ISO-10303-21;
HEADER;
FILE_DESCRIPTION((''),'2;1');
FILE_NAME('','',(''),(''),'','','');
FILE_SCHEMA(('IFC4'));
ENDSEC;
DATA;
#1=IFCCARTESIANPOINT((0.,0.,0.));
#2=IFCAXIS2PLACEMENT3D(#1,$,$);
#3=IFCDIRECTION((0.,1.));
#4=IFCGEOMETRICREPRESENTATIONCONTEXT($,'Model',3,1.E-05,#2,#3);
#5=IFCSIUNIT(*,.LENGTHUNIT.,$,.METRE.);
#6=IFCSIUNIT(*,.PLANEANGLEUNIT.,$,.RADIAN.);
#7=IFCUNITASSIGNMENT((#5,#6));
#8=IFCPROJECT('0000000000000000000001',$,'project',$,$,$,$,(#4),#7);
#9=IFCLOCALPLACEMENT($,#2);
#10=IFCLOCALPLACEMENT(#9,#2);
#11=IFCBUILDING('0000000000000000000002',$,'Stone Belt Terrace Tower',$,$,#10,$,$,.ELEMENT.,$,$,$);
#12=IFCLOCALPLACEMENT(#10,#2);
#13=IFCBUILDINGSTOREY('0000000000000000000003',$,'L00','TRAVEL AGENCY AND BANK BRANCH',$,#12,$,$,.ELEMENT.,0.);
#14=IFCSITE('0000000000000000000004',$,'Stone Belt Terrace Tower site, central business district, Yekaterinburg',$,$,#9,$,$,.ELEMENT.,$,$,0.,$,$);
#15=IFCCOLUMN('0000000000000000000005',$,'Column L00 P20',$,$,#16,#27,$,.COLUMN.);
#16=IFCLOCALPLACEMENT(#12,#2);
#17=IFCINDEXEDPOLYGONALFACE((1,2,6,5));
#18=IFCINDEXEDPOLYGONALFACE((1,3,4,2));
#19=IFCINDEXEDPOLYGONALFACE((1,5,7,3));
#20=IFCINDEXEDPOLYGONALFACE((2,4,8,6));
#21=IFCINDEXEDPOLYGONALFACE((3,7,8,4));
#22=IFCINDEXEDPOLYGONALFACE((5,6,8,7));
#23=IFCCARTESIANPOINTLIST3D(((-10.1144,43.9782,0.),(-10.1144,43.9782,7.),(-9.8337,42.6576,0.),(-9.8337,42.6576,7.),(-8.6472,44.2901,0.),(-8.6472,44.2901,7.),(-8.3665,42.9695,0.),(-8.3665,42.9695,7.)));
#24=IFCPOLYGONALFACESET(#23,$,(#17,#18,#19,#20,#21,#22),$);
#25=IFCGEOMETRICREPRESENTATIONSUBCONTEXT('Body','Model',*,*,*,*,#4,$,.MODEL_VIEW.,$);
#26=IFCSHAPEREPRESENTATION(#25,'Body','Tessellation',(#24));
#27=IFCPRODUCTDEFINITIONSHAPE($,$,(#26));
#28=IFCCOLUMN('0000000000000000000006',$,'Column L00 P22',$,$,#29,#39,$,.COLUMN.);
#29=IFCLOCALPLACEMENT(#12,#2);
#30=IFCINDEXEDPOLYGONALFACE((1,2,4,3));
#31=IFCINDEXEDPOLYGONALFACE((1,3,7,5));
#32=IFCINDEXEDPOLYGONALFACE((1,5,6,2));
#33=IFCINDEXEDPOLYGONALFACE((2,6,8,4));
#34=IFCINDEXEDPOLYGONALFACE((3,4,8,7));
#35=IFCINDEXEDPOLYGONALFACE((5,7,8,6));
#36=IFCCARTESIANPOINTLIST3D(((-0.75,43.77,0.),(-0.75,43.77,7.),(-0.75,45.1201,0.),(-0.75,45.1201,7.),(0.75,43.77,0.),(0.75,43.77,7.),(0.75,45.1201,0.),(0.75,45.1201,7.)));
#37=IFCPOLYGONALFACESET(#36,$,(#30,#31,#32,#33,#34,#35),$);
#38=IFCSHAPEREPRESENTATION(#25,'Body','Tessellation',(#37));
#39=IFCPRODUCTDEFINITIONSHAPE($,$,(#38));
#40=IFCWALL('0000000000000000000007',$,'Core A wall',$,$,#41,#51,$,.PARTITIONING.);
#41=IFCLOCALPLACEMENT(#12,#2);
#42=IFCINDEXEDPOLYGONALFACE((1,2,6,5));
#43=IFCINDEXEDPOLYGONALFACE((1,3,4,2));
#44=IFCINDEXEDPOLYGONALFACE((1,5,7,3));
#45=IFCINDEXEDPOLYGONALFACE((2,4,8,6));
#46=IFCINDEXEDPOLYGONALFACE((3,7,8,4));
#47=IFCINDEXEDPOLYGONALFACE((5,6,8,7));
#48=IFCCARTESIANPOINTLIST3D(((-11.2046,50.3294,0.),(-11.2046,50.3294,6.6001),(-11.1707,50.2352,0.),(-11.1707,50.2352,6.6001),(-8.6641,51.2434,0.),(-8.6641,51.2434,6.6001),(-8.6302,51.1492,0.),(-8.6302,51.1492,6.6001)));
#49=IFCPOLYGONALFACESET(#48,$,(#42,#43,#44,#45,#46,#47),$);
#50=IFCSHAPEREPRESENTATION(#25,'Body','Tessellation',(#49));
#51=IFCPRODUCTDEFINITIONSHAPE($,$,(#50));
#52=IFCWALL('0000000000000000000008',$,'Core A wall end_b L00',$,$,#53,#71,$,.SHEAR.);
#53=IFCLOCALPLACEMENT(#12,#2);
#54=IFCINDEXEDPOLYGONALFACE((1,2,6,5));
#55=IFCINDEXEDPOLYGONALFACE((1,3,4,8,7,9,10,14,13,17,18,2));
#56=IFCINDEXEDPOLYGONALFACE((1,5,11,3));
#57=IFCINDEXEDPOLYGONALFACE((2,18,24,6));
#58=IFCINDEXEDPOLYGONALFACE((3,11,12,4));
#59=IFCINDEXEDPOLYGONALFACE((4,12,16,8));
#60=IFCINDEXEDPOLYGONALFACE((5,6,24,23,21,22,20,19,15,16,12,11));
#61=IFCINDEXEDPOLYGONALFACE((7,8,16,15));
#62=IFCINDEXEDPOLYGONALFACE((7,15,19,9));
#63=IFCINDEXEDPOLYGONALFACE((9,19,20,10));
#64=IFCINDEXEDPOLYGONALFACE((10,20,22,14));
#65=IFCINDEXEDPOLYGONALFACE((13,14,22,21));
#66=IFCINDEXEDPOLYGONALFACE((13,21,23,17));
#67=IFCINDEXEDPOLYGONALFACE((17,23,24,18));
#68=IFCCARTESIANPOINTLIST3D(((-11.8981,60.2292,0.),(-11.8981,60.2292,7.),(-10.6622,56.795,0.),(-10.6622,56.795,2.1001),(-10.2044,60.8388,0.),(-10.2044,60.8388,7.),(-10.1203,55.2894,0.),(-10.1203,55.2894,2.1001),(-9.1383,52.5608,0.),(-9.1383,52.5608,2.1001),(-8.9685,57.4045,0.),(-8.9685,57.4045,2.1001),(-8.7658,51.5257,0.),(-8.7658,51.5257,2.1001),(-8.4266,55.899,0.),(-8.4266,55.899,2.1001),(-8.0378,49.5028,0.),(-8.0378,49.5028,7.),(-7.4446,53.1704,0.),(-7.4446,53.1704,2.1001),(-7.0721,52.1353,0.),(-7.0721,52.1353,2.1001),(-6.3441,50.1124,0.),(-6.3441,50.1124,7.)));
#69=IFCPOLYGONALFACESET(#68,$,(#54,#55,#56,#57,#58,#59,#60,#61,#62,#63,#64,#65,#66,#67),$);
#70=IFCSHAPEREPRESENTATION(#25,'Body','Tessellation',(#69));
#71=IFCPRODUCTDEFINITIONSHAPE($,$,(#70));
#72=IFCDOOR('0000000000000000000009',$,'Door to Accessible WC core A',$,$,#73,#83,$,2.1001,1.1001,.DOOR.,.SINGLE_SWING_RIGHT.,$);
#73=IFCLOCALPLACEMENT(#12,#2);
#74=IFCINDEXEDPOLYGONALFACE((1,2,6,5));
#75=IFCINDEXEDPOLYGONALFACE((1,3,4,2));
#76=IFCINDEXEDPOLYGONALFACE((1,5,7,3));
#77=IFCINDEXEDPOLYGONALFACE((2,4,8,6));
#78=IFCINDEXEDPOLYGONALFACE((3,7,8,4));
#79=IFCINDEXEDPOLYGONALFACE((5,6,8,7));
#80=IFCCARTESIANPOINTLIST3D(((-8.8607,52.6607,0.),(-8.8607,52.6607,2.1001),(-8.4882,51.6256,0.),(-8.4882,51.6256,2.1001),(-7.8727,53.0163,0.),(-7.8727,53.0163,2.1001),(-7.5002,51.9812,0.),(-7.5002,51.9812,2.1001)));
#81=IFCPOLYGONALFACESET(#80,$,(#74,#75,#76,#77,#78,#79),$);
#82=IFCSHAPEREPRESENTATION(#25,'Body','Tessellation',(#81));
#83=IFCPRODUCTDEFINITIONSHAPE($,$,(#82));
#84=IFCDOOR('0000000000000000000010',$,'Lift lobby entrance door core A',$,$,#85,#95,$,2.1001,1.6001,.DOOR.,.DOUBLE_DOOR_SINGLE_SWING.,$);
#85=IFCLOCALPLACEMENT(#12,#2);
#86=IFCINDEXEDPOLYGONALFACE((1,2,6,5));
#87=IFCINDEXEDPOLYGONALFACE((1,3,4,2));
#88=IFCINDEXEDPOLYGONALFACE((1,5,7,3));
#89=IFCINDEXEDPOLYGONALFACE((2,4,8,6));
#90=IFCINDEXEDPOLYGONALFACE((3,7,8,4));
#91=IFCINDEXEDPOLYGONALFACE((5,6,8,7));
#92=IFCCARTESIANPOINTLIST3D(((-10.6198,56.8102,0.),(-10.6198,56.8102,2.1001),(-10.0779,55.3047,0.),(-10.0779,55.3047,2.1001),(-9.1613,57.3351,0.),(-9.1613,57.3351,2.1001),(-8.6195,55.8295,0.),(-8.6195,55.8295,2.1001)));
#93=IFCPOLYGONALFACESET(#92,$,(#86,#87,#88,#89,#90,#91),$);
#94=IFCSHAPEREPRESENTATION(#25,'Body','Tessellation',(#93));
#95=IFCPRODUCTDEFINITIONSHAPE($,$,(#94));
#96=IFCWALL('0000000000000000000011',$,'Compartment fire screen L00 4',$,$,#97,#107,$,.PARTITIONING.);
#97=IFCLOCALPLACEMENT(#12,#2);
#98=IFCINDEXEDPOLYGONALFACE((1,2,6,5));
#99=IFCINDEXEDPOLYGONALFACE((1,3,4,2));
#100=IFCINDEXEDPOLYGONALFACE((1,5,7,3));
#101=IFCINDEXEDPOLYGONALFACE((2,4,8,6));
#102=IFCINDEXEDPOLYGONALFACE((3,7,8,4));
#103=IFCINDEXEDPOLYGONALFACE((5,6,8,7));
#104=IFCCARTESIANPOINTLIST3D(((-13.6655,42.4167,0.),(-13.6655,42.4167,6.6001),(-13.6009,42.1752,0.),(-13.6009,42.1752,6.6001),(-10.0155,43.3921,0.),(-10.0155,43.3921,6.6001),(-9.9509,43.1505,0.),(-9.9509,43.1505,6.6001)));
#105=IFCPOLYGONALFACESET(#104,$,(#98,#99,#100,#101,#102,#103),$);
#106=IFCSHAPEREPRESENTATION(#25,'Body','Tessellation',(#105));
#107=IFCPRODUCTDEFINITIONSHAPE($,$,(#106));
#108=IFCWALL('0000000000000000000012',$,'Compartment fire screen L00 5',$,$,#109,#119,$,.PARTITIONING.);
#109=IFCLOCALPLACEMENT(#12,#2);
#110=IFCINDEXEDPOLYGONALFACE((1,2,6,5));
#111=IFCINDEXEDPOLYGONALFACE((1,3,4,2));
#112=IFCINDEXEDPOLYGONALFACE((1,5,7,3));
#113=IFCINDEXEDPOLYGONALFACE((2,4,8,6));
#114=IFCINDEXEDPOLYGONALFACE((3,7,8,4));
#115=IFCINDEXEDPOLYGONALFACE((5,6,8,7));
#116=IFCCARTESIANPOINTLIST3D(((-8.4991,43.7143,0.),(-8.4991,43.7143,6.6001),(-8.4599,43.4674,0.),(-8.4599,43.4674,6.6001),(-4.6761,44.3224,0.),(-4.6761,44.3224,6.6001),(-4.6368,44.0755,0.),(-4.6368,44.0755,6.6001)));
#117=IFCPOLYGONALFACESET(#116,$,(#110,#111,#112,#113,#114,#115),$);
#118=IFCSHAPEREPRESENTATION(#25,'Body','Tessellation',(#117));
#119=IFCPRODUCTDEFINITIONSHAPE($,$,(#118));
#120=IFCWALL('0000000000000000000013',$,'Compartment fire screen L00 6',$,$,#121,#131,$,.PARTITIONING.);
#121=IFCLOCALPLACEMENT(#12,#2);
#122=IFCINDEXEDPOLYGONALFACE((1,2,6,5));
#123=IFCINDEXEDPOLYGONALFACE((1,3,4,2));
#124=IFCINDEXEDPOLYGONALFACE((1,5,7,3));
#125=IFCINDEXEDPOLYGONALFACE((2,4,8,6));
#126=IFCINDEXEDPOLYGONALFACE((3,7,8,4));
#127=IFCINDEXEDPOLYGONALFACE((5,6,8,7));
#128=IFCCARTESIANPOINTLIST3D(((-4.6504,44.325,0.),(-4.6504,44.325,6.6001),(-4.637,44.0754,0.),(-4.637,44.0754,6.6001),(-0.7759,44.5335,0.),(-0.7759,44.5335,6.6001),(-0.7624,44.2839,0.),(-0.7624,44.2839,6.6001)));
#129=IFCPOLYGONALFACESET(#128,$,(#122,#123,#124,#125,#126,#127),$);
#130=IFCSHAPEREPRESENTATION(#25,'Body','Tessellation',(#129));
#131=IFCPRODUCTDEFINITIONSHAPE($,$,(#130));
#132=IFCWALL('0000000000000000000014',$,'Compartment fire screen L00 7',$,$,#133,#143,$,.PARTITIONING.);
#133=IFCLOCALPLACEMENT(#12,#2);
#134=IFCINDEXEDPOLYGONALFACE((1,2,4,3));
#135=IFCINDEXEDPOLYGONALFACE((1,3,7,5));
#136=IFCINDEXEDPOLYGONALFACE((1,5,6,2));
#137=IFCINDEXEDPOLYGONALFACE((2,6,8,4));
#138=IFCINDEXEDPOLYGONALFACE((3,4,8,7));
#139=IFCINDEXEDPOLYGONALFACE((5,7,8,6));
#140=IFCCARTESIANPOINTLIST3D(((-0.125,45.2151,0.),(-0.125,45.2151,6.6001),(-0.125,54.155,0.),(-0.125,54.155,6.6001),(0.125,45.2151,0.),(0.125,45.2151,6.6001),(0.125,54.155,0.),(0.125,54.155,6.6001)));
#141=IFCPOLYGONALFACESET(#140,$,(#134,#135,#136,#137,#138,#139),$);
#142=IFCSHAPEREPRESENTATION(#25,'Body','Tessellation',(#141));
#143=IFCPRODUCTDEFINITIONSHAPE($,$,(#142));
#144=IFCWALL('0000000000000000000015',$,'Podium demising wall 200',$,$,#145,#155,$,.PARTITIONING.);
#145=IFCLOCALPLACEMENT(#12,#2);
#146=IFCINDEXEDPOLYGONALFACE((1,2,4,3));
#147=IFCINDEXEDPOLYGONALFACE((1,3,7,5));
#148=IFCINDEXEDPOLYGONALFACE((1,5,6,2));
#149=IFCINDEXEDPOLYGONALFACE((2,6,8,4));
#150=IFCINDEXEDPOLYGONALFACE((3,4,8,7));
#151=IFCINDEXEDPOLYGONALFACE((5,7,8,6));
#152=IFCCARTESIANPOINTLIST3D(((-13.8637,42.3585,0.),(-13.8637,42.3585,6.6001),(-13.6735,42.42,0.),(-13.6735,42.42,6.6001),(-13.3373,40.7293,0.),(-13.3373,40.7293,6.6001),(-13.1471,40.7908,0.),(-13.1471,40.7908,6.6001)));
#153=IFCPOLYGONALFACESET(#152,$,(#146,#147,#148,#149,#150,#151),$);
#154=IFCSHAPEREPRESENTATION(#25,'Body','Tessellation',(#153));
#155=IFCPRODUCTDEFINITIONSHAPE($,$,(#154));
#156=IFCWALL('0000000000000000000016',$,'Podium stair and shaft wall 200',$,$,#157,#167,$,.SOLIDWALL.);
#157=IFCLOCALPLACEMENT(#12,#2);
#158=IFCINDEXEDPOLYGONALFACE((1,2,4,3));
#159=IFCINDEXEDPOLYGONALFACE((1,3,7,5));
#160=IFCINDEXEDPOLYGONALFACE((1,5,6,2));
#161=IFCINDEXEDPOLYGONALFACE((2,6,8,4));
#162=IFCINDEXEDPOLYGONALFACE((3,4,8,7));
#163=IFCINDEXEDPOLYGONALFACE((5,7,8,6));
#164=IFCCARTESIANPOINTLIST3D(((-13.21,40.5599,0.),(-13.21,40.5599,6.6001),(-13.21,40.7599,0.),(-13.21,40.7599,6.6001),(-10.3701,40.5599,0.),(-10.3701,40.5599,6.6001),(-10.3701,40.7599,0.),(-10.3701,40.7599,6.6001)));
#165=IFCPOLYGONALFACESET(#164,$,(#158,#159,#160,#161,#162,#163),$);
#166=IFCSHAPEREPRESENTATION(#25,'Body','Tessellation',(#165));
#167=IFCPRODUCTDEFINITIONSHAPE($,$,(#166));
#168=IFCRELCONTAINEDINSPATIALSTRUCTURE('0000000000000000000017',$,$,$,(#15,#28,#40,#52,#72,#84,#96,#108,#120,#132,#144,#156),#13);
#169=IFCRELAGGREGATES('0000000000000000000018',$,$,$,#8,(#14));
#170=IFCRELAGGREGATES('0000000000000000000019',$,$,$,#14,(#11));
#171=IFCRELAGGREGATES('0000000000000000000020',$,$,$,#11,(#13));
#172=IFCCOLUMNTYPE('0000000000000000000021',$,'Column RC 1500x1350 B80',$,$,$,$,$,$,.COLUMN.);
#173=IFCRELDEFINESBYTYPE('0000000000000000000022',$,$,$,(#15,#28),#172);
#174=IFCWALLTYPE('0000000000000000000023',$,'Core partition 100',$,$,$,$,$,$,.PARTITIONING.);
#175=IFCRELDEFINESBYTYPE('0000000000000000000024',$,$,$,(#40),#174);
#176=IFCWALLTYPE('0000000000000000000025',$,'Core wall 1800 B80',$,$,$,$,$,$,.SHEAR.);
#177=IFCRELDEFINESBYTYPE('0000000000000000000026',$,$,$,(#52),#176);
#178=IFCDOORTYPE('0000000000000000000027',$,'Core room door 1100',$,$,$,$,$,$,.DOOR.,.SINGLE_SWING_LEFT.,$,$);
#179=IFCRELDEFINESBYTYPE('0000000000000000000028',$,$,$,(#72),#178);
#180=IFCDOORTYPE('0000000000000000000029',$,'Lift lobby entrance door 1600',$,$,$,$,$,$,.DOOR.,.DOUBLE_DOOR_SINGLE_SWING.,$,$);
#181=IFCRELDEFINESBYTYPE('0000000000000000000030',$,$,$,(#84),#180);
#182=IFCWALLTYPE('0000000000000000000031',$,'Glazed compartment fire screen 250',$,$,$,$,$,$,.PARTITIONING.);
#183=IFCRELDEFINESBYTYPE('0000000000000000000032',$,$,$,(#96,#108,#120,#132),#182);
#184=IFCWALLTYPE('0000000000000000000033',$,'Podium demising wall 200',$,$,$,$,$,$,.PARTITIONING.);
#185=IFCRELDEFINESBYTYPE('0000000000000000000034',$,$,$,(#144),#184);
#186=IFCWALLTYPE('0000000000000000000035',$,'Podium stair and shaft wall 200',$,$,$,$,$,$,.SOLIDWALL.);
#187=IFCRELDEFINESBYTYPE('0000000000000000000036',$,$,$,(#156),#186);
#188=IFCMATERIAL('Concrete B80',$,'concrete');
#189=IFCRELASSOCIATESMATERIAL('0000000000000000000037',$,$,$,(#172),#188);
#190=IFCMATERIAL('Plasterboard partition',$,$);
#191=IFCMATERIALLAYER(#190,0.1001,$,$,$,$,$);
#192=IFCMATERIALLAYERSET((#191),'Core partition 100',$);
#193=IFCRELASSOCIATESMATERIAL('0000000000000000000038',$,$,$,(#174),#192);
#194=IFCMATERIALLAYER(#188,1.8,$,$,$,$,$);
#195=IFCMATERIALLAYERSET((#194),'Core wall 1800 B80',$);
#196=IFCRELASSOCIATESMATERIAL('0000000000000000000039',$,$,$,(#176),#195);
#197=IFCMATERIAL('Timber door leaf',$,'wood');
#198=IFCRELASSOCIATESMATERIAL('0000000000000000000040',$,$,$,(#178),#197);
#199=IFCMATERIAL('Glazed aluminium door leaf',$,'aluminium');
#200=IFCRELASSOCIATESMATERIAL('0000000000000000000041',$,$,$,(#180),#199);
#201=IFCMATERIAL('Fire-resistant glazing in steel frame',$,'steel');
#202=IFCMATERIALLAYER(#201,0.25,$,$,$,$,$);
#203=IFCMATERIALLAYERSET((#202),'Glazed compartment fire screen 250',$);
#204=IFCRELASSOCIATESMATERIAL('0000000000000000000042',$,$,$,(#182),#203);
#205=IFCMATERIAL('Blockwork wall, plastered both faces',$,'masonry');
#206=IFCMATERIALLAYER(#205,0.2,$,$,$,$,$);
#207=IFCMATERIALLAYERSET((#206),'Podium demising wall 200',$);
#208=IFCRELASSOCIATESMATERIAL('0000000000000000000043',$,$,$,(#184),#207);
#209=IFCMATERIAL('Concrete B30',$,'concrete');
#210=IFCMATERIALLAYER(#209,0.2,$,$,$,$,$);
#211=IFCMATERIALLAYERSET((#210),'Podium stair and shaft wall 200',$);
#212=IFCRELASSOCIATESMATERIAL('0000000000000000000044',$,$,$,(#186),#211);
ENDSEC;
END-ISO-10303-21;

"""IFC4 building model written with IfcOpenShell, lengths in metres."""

from ifc_helpers import new_model, si_unit, direction, frame, frame_2d, origin, origin_2d, place, context, subcontext, project, spatial, rectangle, extrude, material, layer, layer_set, material_profile, profile_set, type_object, element, fill, save


model = new_model("IFC4")

# Units and contexts
model_context = context("Model", 3, precision=1e-05, world=origin(), true_north=direction((0.0, 1.0)))
body_context = subcontext(model_context, "Body", "Model", "MODEL_VIEW")
ifc_project = project(units=[si_unit("LENGTHUNIT", "METRE"), si_unit("PLANEANGLEUNIT", "RADIAN")], contexts=[model_context])

# Site, building, storey
site_placement = place(None, origin())
site = spatial("IfcSite", under=ifc_project, at=site_placement, Name="Stone Belt Terrace Tower site, central business district, Yekaterinburg", CompositionType="ELEMENT", RefElevation=0.0)
building_placement = place(site_placement, origin())
building = spatial("IfcBuilding", under=site, at=building_placement, Name="Stone Belt Terrace Tower", CompositionType="ELEMENT")
storey_placement = place(building_placement, origin())
storey = spatial("IfcBuildingStorey", under=building, at=storey_placement, Name="L00", Description="TRAVEL AGENCY AND BANK BRANCH", CompositionType="ELEMENT", Elevation=0.0)

# Columns
ifc_material_1 = material(Name="Concrete B80", Category="concrete")
ifc_material_profile = material_profile(ifc_material_1, rectangle(XDim=1.5, YDim=1.3501, at=origin_2d()), Name="RC 1500x1350")
ifc_profile_set = profile_set([ifc_material_profile], Name="Concrete B80")
column_type = type_object("IfcColumnType", Name="Column RC 1500x1350 B80", PredefinedType="COLUMN", material=ifc_profile_set)
for number, where, z_axis, x_axis, name in (
    (1, (-9.2405, 43.4739, 0.0), (0.0, 0.0, 1.0), (0.978148, 0.207912, 0.0), "Column L00 P20"),
    (2, (0.0, 44.4451, 0.0), (0.0, 0.0, 1.0), (1.0, 0.0, 0.0), "Column L00 P22"),
):
    element("IfcColumn", number, at=place(storey_placement, frame(where, z_axis=z_axis, x_axis=x_axis)), inside=storey, type_object=column_type, Name=name, PredefinedType="COLUMN", context=body_context, shape_type="SweptSolid", body=[
        extrude(rectangle(XDim=1.5, YDim=1.3501, at=origin_2d()), origin(), (0.0, 0.0, 1.0), 7.0),
    ])

# Wall
ifc_material_2 = material(Name="Plasterboard partition")
ifc_layer_1 = layer(ifc_material_2, 0.1001)
ifc_layer_set_1 = layer_set([ifc_layer_1], Name="Core partition 100")
wall_type_1 = type_object("IfcWallType", Name="Core partition 100", PredefinedType="PARTITIONING", material=ifc_layer_set_1)
wall_1_placement = place(storey_placement, frame((-11.1877, 50.2822, 0.0), z_axis=(0.0, 0.0, 1.0), x_axis=(0.94095, 0.338547, 0.0)))
element("IfcWall", 3, at=wall_1_placement, inside=storey, type_object=wall_type_1, Name="Core A wall", PredefinedType="PARTITIONING", context=body_context, shape_type="SweptSolid", body=[
    extrude(rectangle(XDim=2.7, YDim=0.1001, at=frame_2d((1.3501, 0.0))), origin(), (0.0, 0.0, 1.0), 6.6001),
])

# Wall, openings, doors
ifc_layer_2 = layer(ifc_material_1, 1.8)
ifc_layer_set_2 = layer_set([ifc_layer_2], Name="Core wall 1800 B80")
wall_type_2 = type_object("IfcWallType", Name="Core wall 1800 B80", PredefinedType="SHEAR", material=ifc_layer_set_2)
wall_2_placement = place(storey_placement, frame((-7.1909, 49.8076, 0.0), z_axis=(0.0, 0.0, 1.0), x_axis=(-0.338632, 0.940919, 0.0)))
wall_2 = element("IfcWall", 4, at=wall_2_placement, inside=storey, type_object=wall_type_2, Name="Core A wall end_b L00", PredefinedType="SHEAR", context=body_context, shape_type="SweptSolid", body=[
    extrude(rectangle(XDim=11.3999, YDim=1.8, at=frame_2d((5.7, 0.0))), origin(), (0.0, 0.0, 1.0), 7.0),
])
opening_1_placement = place(wall_2_placement, frame((6.1499, 0.0, 0.0)))
opening_1 = element("IfcOpeningElement", 5, at=opening_1_placement, cuts=wall_2, PredefinedType="OPENING", context=body_context, shape_type="SweptSolid", body=[
    extrude(rectangle(XDim=1.6001, YDim=2.1001, at=frame_2d((0.8, 1.05))), frame((0.0, 0.9099, 0.0), z_axis=(0.0, -1.0, 0.0), x_axis=(1.0, 0.0, 0.0)), (0.0, 0.0, 1.0), 1.8201),
])
opening_2_placement = place(wall_2_placement, frame((2.1499, 0.0, 0.0)))
opening_2 = element("IfcOpeningElement", 6, at=opening_2_placement, cuts=wall_2, PredefinedType="OPENING", context=body_context, shape_type="SweptSolid", body=[
    extrude(rectangle(XDim=1.1001, YDim=2.1001, at=frame_2d((0.55, 1.05))), frame((0.0, 0.9099, 0.0), z_axis=(0.0, -1.0, 0.0), x_axis=(1.0, 0.0, 0.0)), (0.0, 0.0, 1.0), 1.8201),
])
ifc_material_3 = material(Name="Timber door leaf", Category="wood")
door_type_1 = type_object("IfcDoorType", Name="Core room door 1100", OperationType="SINGLE_SWING_LEFT", PredefinedType="DOOR", material=ifc_material_3)
door_1_placement = place(opening_2_placement, origin())
door_1 = element("IfcDoor", 7, at=door_1_placement, inside=storey, type_object=door_type_1, Name="Door to Accessible WC core A", OperationType="SINGLE_SWING_RIGHT", OverallHeight=2.1001, OverallWidth=1.1001, PredefinedType="DOOR", context=body_context, shape_type="SweptSolid", body=[
    extrude(rectangle(XDim=1.1001, YDim=2.1001, at=frame_2d((0.55, 1.05))), frame((0.0, 0.605, 0.0), z_axis=(0.0, -1.0, 0.0), x_axis=(1.0, 0.0, 0.0)), (0.0, 0.0, 1.0), 1.05),
])
fill(opening_2, door_1)
ifc_material_4 = material(Name="Glazed aluminium door leaf", Category="aluminium")
door_type_2 = type_object("IfcDoorType", Name="Lift lobby entrance door 1600", OperationType="DOUBLE_DOOR_SINGLE_SWING", PredefinedType="DOOR", material=ifc_material_4)
door_2_placement = place(opening_1_placement, origin())
door_2 = element("IfcDoor", 8, at=door_2_placement, inside=storey, type_object=door_type_2, Name="Lift lobby entrance door core A", OperationType="DOUBLE_DOOR_SINGLE_SWING", OverallHeight=2.1001, OverallWidth=1.6001, PredefinedType="DOOR", context=body_context, shape_type="SweptSolid", body=[
    extrude(rectangle(XDim=1.6001, YDim=2.1001, at=frame_2d((0.8, 1.05))), frame((0.0, 0.855, 0.0), z_axis=(0.0, -1.0, 0.0), x_axis=(1.0, 0.0, 0.0)), (0.0, 0.0, 1.0), 1.55),
])
fill(opening_1, door_2)

# Walls
ifc_material_5 = material(Name="Fire-resistant glazing in steel frame", Category="steel")
ifc_layer_3 = layer(ifc_material_5, 0.25)
ifc_layer_set_3 = layer_set([ifc_layer_3], Name="Glazed compartment fire screen 250")
wall_type_3 = type_object("IfcWallType", Name="Glazed compartment fire screen 250", PredefinedType="PARTITIONING", material=ifc_layer_set_3)
wall_3_placement = place(storey_placement, frame((-13.6333, 42.2959, 0.0), z_axis=(0.0, 0.0, 1.0), x_axis=(0.966101, 0.258165, 0.0)))
element("IfcWall", 9, at=wall_3_placement, inside=storey, type_object=wall_type_3, Name="Compartment fire screen L00 4", PredefinedType="PARTITIONING", context=body_context, shape_type="SweptSolid", body=[
    extrude(rectangle(XDim=3.7781, YDim=0.25, at=frame_2d((1.8892, 0.0))), origin(), (0.0, 0.0, 1.0), 6.6001),
])
wall_4_placement = place(storey_placement, frame((-8.4795, 43.5908, 0.0), z_axis=(0.0, 0.0, 1.0), x_axis=(0.987582, 0.157102, 0.0)))
element("IfcWall", 10, at=wall_4_placement, inside=storey, type_object=wall_type_3, Name="Compartment fire screen L00 5", PredefinedType="PARTITIONING", context=body_context, shape_type="SweptSolid", body=[
    extrude(rectangle(XDim=3.8711, YDim=0.25, at=frame_2d((1.9355, 0.0))), origin(), (0.0, 0.0, 1.0), 6.6001),
])
wall_5_placement = place(storey_placement, frame((-4.6436, 44.2002, 0.0), z_axis=(0.0, 0.0, 1.0), x_axis=(0.998555, 0.053734, 0.0)))
element("IfcWall", 11, at=wall_5_placement, inside=storey, type_object=wall_type_3, Name="Compartment fire screen L00 6", PredefinedType="PARTITIONING", context=body_context, shape_type="SweptSolid", body=[
    extrude(rectangle(XDim=3.8801, YDim=0.25, at=frame_2d((1.9399, 0.0))), origin(), (0.0, 0.0, 1.0), 6.6001),
])
wall_6_placement = place(storey_placement, frame((0.0, 45.2151, 0.0), z_axis=(0.0, 0.0, 1.0), x_axis=(0.0, 1.0, 0.0)))
element("IfcWall", 12, at=wall_6_placement, inside=storey, type_object=wall_type_3, Name="Compartment fire screen L00 7", PredefinedType="PARTITIONING", context=body_context, shape_type="SweptSolid", body=[
    extrude(rectangle(XDim=8.9399, YDim=0.25, at=frame_2d((4.47, 0.0))), origin(), (0.0, 0.0, 1.0), 6.6001),
])
ifc_material_6 = material(Name="Blockwork wall, plastered both faces", Category="masonry")
ifc_layer_4 = layer(ifc_material_6, 0.2)
ifc_layer_set_4 = layer_set([ifc_layer_4], Name="Podium demising wall 200")
wall_type_4 = type_object("IfcWallType", Name="Podium demising wall 200", PredefinedType="PARTITIONING", material=ifc_layer_set_4)
wall_7_placement = place(storey_placement, frame((-13.7686, 42.3892, 0.0), z_axis=(0.0, 0.0, 1.0), x_axis=(0.307444, -0.951566, 0.0)))
element("IfcWall", 13, at=wall_7_placement, inside=storey, type_object=wall_type_4, Name="Podium demising wall 200", PredefinedType="PARTITIONING", context=body_context, shape_type="SweptSolid", body=[
    extrude(rectangle(XDim=1.7122, YDim=0.2, at=frame_2d((0.856, 0.0))), origin(), (0.0, 0.0, 1.0), 6.6001),
])
ifc_material_7 = material(Name="Concrete B30", Category="concrete")
ifc_layer_5 = layer(ifc_material_7, 0.2)
ifc_layer_set_5 = layer_set([ifc_layer_5], Name="Podium stair and shaft wall 200")
wall_type_5 = type_object("IfcWallType", Name="Podium stair and shaft wall 200", PredefinedType="SOLIDWALL", material=ifc_layer_set_5)
wall_8_placement = place(storey_placement, frame((-13.21, 40.6599, 0.0), z_axis=(0.0, 0.0, 1.0), x_axis=(1.0, 0.0, 0.0)))
element("IfcWall", 14, at=wall_8_placement, inside=storey, type_object=wall_type_5, Name="Podium stair and shaft wall 200", PredefinedType="SOLIDWALL", context=body_context, shape_type="SweptSolid", body=[
    extrude(rectangle(XDim=2.8398, YDim=0.2, at=frame_2d((1.4199, 0.0))), origin(), (0.0, 0.0, 1.0), 6.6001),
])

save(model, "model.ifc")
